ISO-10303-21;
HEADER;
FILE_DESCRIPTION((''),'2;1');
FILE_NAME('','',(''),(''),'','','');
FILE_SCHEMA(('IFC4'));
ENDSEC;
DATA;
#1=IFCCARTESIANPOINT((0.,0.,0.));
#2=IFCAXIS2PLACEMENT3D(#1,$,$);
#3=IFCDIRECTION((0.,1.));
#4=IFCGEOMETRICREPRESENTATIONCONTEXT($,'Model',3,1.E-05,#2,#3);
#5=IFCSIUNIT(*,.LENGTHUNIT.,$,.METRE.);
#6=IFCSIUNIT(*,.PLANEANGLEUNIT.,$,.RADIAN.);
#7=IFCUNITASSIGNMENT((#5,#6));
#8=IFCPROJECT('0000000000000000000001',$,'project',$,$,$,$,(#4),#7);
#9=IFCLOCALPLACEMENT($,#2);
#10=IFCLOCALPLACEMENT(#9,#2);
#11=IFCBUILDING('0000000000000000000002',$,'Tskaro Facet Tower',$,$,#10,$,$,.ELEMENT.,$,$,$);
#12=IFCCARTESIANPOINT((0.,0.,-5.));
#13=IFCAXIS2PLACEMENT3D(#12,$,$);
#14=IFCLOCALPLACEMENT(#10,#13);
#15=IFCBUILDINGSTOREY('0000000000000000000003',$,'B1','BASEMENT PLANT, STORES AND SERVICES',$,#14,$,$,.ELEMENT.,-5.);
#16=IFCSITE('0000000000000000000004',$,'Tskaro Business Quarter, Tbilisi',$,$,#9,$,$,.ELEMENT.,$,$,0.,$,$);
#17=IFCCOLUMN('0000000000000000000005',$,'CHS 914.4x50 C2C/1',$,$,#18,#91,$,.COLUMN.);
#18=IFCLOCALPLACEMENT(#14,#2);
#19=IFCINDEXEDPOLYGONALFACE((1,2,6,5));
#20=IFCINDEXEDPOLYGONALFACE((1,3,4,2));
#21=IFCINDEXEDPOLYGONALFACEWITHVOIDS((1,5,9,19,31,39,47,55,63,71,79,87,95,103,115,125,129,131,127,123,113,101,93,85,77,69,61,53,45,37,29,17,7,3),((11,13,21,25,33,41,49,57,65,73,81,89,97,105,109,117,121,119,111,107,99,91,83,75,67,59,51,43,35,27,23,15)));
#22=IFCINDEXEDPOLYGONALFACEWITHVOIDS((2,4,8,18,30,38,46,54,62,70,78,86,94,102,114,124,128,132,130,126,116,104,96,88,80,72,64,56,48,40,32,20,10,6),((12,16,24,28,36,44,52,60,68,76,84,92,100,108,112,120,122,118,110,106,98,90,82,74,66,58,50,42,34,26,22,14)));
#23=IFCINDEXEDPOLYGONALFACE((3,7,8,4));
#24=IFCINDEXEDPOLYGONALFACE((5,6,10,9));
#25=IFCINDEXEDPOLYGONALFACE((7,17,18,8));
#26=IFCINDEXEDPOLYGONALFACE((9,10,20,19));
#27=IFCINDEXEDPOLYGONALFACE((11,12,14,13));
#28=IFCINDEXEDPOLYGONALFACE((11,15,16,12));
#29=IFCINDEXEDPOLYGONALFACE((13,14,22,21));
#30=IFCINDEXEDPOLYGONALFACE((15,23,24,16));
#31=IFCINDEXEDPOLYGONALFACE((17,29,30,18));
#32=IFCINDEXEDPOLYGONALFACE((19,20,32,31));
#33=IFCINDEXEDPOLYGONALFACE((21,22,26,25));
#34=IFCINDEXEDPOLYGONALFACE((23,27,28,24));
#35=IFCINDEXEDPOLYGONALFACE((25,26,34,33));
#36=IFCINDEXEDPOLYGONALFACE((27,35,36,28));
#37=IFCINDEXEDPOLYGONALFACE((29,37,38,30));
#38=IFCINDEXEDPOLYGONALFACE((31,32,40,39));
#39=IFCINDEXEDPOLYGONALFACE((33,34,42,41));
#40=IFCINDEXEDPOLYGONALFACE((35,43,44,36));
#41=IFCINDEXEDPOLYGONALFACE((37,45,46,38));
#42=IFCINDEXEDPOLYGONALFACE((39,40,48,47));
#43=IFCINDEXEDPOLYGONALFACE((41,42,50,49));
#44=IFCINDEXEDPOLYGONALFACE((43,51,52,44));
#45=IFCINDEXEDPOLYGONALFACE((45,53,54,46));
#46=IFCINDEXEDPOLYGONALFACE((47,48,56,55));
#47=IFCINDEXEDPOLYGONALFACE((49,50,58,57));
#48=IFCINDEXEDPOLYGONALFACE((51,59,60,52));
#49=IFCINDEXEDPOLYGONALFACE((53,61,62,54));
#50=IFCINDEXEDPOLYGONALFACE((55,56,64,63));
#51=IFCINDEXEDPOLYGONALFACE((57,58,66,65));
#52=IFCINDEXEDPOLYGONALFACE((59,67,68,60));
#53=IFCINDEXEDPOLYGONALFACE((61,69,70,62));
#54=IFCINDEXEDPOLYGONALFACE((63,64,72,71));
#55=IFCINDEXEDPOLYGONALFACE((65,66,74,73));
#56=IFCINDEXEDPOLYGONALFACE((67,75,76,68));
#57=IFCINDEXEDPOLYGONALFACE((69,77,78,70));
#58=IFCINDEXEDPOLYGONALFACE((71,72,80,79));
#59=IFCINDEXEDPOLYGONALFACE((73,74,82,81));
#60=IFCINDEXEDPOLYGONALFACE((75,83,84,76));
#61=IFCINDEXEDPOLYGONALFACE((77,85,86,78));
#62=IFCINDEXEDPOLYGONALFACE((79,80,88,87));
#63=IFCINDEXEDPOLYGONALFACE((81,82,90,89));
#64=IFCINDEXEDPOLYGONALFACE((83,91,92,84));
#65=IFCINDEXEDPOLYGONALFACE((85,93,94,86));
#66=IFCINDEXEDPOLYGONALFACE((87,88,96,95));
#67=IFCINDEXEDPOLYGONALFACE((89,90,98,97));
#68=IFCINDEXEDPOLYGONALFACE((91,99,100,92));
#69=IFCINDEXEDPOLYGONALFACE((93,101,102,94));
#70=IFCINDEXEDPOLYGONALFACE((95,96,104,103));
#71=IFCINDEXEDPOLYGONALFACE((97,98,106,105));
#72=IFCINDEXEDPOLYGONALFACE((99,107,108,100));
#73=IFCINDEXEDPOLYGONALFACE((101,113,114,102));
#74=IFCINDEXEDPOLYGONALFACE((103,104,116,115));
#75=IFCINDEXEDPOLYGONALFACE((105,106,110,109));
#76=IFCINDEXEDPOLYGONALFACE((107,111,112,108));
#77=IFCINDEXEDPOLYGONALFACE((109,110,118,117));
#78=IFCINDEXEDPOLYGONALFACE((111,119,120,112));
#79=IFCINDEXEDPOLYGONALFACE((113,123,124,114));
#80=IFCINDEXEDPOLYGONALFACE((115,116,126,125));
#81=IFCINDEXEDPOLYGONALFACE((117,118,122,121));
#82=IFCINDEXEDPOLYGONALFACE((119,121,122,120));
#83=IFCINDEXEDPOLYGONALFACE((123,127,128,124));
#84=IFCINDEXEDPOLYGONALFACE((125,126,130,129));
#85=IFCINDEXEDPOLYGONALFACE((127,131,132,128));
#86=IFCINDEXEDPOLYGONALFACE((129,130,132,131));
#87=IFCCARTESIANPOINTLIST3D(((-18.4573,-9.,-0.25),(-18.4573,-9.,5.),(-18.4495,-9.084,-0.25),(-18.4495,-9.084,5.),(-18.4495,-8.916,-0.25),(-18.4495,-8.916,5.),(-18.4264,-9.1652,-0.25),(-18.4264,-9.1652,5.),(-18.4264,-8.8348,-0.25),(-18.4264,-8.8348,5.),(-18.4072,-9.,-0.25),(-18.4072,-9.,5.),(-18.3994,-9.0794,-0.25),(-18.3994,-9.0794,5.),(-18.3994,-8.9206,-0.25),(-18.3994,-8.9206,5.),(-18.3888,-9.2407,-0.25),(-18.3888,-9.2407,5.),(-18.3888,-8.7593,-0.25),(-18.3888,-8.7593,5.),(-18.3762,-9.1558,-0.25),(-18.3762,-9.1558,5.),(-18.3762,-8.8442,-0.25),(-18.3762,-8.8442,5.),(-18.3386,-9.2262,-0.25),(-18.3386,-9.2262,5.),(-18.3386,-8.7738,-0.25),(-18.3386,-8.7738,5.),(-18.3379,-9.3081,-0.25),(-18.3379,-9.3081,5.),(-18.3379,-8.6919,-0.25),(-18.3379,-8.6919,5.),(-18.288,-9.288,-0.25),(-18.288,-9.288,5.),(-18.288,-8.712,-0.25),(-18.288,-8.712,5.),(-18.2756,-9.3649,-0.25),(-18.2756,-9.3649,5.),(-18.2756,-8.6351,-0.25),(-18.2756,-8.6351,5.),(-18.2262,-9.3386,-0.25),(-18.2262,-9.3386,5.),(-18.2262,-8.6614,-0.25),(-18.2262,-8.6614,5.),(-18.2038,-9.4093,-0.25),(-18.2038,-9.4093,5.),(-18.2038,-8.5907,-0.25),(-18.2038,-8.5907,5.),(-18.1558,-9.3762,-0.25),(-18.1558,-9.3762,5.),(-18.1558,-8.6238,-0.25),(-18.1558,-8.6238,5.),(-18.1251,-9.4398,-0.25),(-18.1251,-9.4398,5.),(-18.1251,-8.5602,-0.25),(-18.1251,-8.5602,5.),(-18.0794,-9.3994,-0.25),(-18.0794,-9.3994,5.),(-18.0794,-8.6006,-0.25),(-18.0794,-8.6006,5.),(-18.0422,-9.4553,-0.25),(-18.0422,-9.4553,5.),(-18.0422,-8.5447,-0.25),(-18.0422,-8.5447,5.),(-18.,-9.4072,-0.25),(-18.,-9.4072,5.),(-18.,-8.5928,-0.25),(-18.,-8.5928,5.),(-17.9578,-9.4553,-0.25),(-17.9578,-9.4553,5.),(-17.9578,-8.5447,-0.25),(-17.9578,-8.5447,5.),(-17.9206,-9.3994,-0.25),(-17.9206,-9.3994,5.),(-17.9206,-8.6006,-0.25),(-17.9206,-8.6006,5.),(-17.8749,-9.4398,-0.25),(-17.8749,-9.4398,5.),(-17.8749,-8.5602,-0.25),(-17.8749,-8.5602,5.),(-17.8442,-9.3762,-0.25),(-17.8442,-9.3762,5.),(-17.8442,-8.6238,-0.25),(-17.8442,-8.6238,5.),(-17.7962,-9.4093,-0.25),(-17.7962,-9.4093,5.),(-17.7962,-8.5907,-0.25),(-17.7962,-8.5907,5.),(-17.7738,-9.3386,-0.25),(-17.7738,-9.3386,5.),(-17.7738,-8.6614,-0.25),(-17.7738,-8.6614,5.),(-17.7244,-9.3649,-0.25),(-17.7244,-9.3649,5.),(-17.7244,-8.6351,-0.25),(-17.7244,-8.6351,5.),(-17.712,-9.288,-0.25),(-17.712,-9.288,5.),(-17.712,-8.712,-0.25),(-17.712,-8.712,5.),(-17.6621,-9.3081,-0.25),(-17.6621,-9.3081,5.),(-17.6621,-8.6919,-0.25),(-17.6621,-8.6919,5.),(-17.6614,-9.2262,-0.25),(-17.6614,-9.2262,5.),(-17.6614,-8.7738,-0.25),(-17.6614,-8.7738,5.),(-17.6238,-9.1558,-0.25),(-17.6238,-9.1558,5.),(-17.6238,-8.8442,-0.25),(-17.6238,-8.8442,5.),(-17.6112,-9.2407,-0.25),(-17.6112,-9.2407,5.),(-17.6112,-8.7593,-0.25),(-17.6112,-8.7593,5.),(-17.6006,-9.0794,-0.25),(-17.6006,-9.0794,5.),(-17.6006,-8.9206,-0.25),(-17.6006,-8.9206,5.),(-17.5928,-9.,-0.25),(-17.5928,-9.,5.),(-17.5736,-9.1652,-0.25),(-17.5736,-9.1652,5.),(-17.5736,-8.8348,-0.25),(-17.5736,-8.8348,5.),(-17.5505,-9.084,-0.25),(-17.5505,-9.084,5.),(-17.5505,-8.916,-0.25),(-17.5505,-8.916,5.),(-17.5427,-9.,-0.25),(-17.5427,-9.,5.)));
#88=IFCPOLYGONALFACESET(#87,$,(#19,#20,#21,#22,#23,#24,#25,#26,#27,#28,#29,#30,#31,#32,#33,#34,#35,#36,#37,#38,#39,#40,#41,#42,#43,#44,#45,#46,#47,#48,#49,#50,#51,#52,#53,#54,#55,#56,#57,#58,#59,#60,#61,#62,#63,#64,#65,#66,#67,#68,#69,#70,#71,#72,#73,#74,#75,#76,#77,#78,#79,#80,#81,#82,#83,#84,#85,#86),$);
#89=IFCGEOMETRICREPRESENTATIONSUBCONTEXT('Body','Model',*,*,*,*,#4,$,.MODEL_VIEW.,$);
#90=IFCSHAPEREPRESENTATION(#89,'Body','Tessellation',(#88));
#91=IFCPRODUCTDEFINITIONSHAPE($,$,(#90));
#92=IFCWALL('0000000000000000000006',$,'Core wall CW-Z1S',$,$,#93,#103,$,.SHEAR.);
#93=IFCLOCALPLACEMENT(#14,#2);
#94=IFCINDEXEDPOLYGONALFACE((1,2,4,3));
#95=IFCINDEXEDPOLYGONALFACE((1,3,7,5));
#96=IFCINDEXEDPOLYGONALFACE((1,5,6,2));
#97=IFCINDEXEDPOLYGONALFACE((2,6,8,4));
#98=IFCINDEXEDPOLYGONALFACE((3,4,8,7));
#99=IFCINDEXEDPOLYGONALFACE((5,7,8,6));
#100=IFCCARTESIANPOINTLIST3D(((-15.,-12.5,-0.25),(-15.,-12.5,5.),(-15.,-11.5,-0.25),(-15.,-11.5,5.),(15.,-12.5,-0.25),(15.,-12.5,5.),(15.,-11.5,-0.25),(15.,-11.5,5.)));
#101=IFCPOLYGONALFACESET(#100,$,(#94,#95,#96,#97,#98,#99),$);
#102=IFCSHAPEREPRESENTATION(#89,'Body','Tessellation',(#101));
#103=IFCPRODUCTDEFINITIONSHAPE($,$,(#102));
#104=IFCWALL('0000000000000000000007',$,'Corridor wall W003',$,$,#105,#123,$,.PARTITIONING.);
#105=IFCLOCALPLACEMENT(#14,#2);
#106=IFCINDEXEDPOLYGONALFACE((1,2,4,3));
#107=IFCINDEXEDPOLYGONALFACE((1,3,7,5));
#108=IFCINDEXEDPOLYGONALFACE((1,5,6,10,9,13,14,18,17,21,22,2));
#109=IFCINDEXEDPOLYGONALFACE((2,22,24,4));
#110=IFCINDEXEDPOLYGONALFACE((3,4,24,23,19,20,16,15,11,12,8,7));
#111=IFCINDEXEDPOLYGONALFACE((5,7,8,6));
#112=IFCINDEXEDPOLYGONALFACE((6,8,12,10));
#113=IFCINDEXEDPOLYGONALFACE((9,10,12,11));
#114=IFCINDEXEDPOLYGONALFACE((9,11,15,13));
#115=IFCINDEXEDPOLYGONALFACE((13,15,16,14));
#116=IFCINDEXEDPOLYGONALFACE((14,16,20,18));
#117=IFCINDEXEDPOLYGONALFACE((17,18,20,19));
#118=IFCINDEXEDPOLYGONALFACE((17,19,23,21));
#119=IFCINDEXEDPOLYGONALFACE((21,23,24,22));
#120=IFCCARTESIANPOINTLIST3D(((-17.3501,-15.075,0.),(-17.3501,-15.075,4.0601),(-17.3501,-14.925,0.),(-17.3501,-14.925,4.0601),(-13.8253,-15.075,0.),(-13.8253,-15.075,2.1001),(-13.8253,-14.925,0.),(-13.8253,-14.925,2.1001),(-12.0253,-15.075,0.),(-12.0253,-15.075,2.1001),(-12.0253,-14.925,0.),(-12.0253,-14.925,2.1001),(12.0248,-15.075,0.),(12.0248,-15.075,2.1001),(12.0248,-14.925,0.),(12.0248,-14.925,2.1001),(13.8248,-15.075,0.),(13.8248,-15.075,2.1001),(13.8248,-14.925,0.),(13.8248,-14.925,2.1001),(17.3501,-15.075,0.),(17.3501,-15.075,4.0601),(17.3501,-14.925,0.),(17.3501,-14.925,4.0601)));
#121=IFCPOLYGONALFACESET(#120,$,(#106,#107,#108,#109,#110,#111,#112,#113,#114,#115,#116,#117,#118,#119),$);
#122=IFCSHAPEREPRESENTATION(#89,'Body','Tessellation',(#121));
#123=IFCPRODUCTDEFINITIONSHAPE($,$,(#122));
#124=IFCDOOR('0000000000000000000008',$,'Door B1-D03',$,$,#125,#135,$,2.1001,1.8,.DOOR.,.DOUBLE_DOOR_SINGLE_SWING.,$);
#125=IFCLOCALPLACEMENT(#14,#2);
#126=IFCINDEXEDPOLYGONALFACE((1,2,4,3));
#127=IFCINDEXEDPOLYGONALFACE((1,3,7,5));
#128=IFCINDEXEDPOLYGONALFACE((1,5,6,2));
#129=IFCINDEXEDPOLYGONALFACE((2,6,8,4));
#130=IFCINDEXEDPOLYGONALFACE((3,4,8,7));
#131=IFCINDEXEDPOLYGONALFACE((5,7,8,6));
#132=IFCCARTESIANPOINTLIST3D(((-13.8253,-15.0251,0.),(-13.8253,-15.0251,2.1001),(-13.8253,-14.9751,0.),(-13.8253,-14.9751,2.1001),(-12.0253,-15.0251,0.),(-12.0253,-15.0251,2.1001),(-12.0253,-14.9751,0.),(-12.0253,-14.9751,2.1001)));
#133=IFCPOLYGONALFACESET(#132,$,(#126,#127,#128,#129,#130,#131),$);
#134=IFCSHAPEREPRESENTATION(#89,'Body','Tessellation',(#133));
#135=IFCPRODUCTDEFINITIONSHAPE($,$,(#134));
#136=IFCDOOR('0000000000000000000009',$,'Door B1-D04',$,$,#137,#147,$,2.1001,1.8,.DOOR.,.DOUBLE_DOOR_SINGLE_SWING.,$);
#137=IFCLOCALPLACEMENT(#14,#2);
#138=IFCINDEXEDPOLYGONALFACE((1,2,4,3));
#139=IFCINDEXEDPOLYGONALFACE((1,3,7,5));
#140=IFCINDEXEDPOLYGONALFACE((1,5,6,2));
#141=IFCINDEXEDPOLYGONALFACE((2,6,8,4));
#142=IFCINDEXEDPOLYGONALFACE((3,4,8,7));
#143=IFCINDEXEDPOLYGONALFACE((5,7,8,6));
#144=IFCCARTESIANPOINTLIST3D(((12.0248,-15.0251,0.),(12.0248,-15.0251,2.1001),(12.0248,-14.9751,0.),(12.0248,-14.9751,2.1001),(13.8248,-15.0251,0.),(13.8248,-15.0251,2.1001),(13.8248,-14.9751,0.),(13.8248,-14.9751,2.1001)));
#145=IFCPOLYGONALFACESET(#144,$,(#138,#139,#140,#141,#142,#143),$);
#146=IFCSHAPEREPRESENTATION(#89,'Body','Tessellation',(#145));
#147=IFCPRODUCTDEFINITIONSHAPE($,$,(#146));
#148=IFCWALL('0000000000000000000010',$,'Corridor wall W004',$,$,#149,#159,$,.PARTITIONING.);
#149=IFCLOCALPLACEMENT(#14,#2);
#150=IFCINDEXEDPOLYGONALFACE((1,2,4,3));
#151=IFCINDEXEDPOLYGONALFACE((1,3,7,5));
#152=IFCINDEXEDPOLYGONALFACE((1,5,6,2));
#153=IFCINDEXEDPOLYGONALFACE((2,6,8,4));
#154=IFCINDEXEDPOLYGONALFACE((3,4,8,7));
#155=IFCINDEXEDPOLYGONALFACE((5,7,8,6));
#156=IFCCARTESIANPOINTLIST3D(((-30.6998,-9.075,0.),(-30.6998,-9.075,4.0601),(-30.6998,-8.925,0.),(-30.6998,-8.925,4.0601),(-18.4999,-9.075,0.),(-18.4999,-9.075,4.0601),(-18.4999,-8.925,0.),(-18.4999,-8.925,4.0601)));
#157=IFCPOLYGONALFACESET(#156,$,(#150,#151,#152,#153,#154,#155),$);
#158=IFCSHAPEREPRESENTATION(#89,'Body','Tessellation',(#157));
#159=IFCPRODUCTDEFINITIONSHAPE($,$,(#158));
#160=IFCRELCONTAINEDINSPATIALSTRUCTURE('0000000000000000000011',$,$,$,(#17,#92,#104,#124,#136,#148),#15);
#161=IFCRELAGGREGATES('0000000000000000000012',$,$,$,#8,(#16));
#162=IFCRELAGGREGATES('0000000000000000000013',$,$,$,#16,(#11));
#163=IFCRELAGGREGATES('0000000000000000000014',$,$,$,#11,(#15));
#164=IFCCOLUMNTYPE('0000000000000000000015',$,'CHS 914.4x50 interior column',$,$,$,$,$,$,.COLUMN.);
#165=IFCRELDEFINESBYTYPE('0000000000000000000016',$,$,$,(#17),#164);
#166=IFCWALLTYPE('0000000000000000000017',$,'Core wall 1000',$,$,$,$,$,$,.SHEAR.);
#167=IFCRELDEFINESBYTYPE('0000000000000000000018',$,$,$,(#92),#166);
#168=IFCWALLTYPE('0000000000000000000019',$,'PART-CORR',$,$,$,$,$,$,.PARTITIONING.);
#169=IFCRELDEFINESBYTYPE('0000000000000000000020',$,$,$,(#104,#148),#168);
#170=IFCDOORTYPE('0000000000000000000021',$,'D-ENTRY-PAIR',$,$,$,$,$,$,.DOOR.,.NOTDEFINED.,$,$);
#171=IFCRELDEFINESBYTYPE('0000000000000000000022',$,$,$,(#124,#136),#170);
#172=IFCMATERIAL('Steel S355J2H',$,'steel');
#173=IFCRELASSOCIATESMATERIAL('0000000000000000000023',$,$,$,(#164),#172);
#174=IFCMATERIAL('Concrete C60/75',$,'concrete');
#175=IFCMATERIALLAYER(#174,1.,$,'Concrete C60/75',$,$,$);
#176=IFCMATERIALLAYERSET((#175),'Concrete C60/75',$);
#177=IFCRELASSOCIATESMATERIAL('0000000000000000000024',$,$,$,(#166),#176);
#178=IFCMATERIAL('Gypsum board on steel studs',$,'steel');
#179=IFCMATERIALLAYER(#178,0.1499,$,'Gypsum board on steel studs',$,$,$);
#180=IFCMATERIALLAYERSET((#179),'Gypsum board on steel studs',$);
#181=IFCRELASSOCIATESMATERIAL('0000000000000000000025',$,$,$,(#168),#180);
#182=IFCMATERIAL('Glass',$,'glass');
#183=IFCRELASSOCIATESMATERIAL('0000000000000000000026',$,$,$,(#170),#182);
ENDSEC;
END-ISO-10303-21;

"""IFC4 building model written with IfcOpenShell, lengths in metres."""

from ifc_helpers import new_model, si_unit, direction, frame, frame_2d, origin, origin_2d, place, context, subcontext, project, spatial, rectangle, hollow_circle, extrude, material, layer, layer_set, material_profile, profile_set, type_object, element, fill, save


model = new_model("IFC4")

# Units and contexts
model_context = context("Model", 3, precision=1e-05, world=origin(), true_north=direction((0.0, 1.0)))
body_context = subcontext(model_context, "Body", "Model", "MODEL_VIEW")
ifc_project = project(units=[si_unit("LENGTHUNIT", "METRE"), si_unit("PLANEANGLEUNIT", "RADIAN")], contexts=[model_context])

# Site, building, storey
site_placement = place(None, origin())
site = spatial("IfcSite", under=ifc_project, at=site_placement, Name="Tskaro Business Quarter, Tbilisi", CompositionType="ELEMENT", RefElevation=0.0)
building_placement = place(site_placement, origin())
building = spatial("IfcBuilding", under=site, at=building_placement, Name="Tskaro Facet Tower", CompositionType="ELEMENT")
storey_placement = place(building_placement, frame((0.0, 0.0, -5.0)))
storey = spatial("IfcBuildingStorey", under=building, at=storey_placement, Name="B1", Description="BASEMENT PLANT, STORES AND SERVICES", CompositionType="ELEMENT", Elevation=-5.0)

# Column
ifc_material_1 = material(Name="Steel S355J2H", Category="steel")
ifc_material_profile_1 = material_profile(ifc_material_1, hollow_circle(Radius=0.4573, WallThickness=0.05, at=origin_2d()), Name="CHS 914.4x50")
ifc_profile_set_1 = profile_set([ifc_material_profile_1], Name="Steel S355J2H")
column_type_1 = type_object("IfcColumnType", Name="CHS 914.4x50 interior column", PredefinedType="COLUMN", material=ifc_profile_set_1)
for number, where, z_axis, x_axis, name in (
    (1, (-18.0, -9.0, -0.25), (0.0, 0.0, 1.0), (1.0, 0.0, 0.0), "CHS 914.4x50 C2C/1"),
):
    element("IfcColumn", number, at=place(storey_placement, frame(where, z_axis=z_axis, x_axis=x_axis)), inside=storey, type_object=column_type_1, Name=name, PredefinedType="COLUMN", context=body_context, shape_type="SweptSolid", body=[
        extrude(hollow_circle(Radius=0.4573, WallThickness=0.05, at=origin_2d()), origin(), (0.0, 0.0, 1.0), 5.25),
    ])

# Wall
ifc_material_2 = material(Name="Concrete C60/75", Category="concrete")
ifc_layer_1 = layer(ifc_material_2, 1.0, Name="Concrete C60/75")
ifc_layer_set_1 = layer_set([ifc_layer_1], Name="Concrete C60/75")
wall_type_1 = type_object("IfcWallType", Name="Core wall 1000", PredefinedType="SHEAR", material=ifc_layer_set_1)
wall_1_placement = place(storey_placement, frame((-15.0, -12.0, -0.25), z_axis=(0.0, 0.0, 1.0), x_axis=(1.0, 0.0, 0.0)))
element("IfcWall", 2, at=wall_1_placement, inside=storey, type_object=wall_type_1, Name="Core wall CW-Z1S", PredefinedType="SHEAR", context=body_context, shape_type="SweptSolid", body=[
    extrude(rectangle(XDim=30.0, YDim=1.0, at=frame_2d((15.0, 0.0))), origin(), (0.0, 0.0, 1.0), 5.25),
])

# Wall, openings, doors
ifc_material_3 = material(Name="Gypsum board on steel studs", Category="steel")
ifc_layer_2 = layer(ifc_material_3, 0.1499, Name="Gypsum board on steel studs")
ifc_layer_set_2 = layer_set([ifc_layer_2], Name="Gypsum board on steel studs")
wall_type_2 = type_object("IfcWallType", Name="PART-CORR", PredefinedType="PARTITIONING", material=ifc_layer_set_2)
wall_2_placement = place(storey_placement, frame((-17.3501, -15.0, 0.0), z_axis=(0.0, 0.0, 1.0), x_axis=(1.0, 0.0, 0.0)))
wall_2 = element("IfcWall", 3, at=wall_2_placement, inside=storey, type_object=wall_type_2, Name="Corridor wall W003", PredefinedType="PARTITIONING", context=body_context, shape_type="SweptSolid", body=[
    extrude(rectangle(XDim=34.7002, YDim=0.1499, at=frame_2d((17.3501, 0.0))), origin(), (0.0, 0.0, 1.0), 4.0601),
])
opening_1_placement = place(wall_2_placement, frame((3.5249, 0.0, 0.0)))
opening_1 = element("IfcOpeningElement", 4, at=opening_1_placement, cuts=wall_2, PredefinedType="OPENING", context=body_context, shape_type="SweptSolid", body=[
    extrude(rectangle(XDim=1.8, YDim=2.1001, at=frame_2d((0.8999, 1.05))), frame((0.0, 0.085, 0.0), z_axis=(0.0, -1.0, 0.0), x_axis=(1.0, 0.0, 0.0)), (0.0, 0.0, 1.0), 0.1699),
])
opening_2_placement = place(wall_2_placement, frame((29.375, 0.0, 0.0)))
opening_2 = element("IfcOpeningElement", 5, at=opening_2_placement, cuts=wall_2, PredefinedType="OPENING", context=body_context, shape_type="SweptSolid", body=[
    extrude(rectangle(XDim=1.8, YDim=2.1001, at=frame_2d((0.8999, 1.05))), frame((0.0, 0.085, 0.0), z_axis=(0.0, -1.0, 0.0), x_axis=(1.0, 0.0, 0.0)), (0.0, 0.0, 1.0), 0.1699),
])
ifc_material_4 = material(Name="Glass", Category="glass")
door_type = type_object("IfcDoorType", Name="D-ENTRY-PAIR", OperationType="NOTDEFINED", PredefinedType="DOOR", material=ifc_material_4)
door_1_placement = place(opening_1_placement, origin())
door_1 = element("IfcDoor", 6, at=door_1_placement, inside=storey, type_object=door_type, Name="Door B1-D03", OperationType="DOUBLE_DOOR_SINGLE_SWING", OverallHeight=2.1001, OverallWidth=1.8, PredefinedType="DOOR", context=body_context, shape_type="SweptSolid", body=[
    extrude(rectangle(XDim=1.8, YDim=2.1001, at=frame_2d((0.8999, 1.05))), frame((0.0, 0.0249, 0.0), z_axis=(0.0, -1.0, 0.0), x_axis=(1.0, 0.0, 0.0)), (0.0, 0.0, 1.0), 0.05),
])
fill(opening_1, door_1)
door_2_placement = place(opening_2_placement, origin())
door_2 = element("IfcDoor", 7, at=door_2_placement, inside=storey, type_object=door_type, Name="Door B1-D04", OperationType="DOUBLE_DOOR_SINGLE_SWING", OverallHeight=2.1001, OverallWidth=1.8, PredefinedType="DOOR", context=body_context, shape_type="SweptSolid", body=[
    extrude(rectangle(XDim=1.8, YDim=2.1001, at=frame_2d((0.8999, 1.05))), frame((0.0, 0.0249, 0.0), z_axis=(0.0, -1.0, 0.0), x_axis=(1.0, 0.0, 0.0)), (0.0, 0.0, 1.0), 0.05),
])
fill(opening_2, door_2)

# Wall
wall_3_placement = place(storey_placement, frame((-30.7, -9.0, 0.0), z_axis=(0.0, 0.0, 1.0), x_axis=(1.0, 0.0, 0.0)))
element("IfcWall", 8, at=wall_3_placement, inside=storey, type_object=wall_type_2, Name="Corridor wall W004", PredefinedType="PARTITIONING", context=body_context, shape_type="SweptSolid", body=[
    extrude(rectangle(XDim=12.2, YDim=0.1499, at=frame_2d((6.1001, 0.0))), origin(), (0.0, 0.0, 1.0), 4.0601),
])

save(model, "model.ifc")
